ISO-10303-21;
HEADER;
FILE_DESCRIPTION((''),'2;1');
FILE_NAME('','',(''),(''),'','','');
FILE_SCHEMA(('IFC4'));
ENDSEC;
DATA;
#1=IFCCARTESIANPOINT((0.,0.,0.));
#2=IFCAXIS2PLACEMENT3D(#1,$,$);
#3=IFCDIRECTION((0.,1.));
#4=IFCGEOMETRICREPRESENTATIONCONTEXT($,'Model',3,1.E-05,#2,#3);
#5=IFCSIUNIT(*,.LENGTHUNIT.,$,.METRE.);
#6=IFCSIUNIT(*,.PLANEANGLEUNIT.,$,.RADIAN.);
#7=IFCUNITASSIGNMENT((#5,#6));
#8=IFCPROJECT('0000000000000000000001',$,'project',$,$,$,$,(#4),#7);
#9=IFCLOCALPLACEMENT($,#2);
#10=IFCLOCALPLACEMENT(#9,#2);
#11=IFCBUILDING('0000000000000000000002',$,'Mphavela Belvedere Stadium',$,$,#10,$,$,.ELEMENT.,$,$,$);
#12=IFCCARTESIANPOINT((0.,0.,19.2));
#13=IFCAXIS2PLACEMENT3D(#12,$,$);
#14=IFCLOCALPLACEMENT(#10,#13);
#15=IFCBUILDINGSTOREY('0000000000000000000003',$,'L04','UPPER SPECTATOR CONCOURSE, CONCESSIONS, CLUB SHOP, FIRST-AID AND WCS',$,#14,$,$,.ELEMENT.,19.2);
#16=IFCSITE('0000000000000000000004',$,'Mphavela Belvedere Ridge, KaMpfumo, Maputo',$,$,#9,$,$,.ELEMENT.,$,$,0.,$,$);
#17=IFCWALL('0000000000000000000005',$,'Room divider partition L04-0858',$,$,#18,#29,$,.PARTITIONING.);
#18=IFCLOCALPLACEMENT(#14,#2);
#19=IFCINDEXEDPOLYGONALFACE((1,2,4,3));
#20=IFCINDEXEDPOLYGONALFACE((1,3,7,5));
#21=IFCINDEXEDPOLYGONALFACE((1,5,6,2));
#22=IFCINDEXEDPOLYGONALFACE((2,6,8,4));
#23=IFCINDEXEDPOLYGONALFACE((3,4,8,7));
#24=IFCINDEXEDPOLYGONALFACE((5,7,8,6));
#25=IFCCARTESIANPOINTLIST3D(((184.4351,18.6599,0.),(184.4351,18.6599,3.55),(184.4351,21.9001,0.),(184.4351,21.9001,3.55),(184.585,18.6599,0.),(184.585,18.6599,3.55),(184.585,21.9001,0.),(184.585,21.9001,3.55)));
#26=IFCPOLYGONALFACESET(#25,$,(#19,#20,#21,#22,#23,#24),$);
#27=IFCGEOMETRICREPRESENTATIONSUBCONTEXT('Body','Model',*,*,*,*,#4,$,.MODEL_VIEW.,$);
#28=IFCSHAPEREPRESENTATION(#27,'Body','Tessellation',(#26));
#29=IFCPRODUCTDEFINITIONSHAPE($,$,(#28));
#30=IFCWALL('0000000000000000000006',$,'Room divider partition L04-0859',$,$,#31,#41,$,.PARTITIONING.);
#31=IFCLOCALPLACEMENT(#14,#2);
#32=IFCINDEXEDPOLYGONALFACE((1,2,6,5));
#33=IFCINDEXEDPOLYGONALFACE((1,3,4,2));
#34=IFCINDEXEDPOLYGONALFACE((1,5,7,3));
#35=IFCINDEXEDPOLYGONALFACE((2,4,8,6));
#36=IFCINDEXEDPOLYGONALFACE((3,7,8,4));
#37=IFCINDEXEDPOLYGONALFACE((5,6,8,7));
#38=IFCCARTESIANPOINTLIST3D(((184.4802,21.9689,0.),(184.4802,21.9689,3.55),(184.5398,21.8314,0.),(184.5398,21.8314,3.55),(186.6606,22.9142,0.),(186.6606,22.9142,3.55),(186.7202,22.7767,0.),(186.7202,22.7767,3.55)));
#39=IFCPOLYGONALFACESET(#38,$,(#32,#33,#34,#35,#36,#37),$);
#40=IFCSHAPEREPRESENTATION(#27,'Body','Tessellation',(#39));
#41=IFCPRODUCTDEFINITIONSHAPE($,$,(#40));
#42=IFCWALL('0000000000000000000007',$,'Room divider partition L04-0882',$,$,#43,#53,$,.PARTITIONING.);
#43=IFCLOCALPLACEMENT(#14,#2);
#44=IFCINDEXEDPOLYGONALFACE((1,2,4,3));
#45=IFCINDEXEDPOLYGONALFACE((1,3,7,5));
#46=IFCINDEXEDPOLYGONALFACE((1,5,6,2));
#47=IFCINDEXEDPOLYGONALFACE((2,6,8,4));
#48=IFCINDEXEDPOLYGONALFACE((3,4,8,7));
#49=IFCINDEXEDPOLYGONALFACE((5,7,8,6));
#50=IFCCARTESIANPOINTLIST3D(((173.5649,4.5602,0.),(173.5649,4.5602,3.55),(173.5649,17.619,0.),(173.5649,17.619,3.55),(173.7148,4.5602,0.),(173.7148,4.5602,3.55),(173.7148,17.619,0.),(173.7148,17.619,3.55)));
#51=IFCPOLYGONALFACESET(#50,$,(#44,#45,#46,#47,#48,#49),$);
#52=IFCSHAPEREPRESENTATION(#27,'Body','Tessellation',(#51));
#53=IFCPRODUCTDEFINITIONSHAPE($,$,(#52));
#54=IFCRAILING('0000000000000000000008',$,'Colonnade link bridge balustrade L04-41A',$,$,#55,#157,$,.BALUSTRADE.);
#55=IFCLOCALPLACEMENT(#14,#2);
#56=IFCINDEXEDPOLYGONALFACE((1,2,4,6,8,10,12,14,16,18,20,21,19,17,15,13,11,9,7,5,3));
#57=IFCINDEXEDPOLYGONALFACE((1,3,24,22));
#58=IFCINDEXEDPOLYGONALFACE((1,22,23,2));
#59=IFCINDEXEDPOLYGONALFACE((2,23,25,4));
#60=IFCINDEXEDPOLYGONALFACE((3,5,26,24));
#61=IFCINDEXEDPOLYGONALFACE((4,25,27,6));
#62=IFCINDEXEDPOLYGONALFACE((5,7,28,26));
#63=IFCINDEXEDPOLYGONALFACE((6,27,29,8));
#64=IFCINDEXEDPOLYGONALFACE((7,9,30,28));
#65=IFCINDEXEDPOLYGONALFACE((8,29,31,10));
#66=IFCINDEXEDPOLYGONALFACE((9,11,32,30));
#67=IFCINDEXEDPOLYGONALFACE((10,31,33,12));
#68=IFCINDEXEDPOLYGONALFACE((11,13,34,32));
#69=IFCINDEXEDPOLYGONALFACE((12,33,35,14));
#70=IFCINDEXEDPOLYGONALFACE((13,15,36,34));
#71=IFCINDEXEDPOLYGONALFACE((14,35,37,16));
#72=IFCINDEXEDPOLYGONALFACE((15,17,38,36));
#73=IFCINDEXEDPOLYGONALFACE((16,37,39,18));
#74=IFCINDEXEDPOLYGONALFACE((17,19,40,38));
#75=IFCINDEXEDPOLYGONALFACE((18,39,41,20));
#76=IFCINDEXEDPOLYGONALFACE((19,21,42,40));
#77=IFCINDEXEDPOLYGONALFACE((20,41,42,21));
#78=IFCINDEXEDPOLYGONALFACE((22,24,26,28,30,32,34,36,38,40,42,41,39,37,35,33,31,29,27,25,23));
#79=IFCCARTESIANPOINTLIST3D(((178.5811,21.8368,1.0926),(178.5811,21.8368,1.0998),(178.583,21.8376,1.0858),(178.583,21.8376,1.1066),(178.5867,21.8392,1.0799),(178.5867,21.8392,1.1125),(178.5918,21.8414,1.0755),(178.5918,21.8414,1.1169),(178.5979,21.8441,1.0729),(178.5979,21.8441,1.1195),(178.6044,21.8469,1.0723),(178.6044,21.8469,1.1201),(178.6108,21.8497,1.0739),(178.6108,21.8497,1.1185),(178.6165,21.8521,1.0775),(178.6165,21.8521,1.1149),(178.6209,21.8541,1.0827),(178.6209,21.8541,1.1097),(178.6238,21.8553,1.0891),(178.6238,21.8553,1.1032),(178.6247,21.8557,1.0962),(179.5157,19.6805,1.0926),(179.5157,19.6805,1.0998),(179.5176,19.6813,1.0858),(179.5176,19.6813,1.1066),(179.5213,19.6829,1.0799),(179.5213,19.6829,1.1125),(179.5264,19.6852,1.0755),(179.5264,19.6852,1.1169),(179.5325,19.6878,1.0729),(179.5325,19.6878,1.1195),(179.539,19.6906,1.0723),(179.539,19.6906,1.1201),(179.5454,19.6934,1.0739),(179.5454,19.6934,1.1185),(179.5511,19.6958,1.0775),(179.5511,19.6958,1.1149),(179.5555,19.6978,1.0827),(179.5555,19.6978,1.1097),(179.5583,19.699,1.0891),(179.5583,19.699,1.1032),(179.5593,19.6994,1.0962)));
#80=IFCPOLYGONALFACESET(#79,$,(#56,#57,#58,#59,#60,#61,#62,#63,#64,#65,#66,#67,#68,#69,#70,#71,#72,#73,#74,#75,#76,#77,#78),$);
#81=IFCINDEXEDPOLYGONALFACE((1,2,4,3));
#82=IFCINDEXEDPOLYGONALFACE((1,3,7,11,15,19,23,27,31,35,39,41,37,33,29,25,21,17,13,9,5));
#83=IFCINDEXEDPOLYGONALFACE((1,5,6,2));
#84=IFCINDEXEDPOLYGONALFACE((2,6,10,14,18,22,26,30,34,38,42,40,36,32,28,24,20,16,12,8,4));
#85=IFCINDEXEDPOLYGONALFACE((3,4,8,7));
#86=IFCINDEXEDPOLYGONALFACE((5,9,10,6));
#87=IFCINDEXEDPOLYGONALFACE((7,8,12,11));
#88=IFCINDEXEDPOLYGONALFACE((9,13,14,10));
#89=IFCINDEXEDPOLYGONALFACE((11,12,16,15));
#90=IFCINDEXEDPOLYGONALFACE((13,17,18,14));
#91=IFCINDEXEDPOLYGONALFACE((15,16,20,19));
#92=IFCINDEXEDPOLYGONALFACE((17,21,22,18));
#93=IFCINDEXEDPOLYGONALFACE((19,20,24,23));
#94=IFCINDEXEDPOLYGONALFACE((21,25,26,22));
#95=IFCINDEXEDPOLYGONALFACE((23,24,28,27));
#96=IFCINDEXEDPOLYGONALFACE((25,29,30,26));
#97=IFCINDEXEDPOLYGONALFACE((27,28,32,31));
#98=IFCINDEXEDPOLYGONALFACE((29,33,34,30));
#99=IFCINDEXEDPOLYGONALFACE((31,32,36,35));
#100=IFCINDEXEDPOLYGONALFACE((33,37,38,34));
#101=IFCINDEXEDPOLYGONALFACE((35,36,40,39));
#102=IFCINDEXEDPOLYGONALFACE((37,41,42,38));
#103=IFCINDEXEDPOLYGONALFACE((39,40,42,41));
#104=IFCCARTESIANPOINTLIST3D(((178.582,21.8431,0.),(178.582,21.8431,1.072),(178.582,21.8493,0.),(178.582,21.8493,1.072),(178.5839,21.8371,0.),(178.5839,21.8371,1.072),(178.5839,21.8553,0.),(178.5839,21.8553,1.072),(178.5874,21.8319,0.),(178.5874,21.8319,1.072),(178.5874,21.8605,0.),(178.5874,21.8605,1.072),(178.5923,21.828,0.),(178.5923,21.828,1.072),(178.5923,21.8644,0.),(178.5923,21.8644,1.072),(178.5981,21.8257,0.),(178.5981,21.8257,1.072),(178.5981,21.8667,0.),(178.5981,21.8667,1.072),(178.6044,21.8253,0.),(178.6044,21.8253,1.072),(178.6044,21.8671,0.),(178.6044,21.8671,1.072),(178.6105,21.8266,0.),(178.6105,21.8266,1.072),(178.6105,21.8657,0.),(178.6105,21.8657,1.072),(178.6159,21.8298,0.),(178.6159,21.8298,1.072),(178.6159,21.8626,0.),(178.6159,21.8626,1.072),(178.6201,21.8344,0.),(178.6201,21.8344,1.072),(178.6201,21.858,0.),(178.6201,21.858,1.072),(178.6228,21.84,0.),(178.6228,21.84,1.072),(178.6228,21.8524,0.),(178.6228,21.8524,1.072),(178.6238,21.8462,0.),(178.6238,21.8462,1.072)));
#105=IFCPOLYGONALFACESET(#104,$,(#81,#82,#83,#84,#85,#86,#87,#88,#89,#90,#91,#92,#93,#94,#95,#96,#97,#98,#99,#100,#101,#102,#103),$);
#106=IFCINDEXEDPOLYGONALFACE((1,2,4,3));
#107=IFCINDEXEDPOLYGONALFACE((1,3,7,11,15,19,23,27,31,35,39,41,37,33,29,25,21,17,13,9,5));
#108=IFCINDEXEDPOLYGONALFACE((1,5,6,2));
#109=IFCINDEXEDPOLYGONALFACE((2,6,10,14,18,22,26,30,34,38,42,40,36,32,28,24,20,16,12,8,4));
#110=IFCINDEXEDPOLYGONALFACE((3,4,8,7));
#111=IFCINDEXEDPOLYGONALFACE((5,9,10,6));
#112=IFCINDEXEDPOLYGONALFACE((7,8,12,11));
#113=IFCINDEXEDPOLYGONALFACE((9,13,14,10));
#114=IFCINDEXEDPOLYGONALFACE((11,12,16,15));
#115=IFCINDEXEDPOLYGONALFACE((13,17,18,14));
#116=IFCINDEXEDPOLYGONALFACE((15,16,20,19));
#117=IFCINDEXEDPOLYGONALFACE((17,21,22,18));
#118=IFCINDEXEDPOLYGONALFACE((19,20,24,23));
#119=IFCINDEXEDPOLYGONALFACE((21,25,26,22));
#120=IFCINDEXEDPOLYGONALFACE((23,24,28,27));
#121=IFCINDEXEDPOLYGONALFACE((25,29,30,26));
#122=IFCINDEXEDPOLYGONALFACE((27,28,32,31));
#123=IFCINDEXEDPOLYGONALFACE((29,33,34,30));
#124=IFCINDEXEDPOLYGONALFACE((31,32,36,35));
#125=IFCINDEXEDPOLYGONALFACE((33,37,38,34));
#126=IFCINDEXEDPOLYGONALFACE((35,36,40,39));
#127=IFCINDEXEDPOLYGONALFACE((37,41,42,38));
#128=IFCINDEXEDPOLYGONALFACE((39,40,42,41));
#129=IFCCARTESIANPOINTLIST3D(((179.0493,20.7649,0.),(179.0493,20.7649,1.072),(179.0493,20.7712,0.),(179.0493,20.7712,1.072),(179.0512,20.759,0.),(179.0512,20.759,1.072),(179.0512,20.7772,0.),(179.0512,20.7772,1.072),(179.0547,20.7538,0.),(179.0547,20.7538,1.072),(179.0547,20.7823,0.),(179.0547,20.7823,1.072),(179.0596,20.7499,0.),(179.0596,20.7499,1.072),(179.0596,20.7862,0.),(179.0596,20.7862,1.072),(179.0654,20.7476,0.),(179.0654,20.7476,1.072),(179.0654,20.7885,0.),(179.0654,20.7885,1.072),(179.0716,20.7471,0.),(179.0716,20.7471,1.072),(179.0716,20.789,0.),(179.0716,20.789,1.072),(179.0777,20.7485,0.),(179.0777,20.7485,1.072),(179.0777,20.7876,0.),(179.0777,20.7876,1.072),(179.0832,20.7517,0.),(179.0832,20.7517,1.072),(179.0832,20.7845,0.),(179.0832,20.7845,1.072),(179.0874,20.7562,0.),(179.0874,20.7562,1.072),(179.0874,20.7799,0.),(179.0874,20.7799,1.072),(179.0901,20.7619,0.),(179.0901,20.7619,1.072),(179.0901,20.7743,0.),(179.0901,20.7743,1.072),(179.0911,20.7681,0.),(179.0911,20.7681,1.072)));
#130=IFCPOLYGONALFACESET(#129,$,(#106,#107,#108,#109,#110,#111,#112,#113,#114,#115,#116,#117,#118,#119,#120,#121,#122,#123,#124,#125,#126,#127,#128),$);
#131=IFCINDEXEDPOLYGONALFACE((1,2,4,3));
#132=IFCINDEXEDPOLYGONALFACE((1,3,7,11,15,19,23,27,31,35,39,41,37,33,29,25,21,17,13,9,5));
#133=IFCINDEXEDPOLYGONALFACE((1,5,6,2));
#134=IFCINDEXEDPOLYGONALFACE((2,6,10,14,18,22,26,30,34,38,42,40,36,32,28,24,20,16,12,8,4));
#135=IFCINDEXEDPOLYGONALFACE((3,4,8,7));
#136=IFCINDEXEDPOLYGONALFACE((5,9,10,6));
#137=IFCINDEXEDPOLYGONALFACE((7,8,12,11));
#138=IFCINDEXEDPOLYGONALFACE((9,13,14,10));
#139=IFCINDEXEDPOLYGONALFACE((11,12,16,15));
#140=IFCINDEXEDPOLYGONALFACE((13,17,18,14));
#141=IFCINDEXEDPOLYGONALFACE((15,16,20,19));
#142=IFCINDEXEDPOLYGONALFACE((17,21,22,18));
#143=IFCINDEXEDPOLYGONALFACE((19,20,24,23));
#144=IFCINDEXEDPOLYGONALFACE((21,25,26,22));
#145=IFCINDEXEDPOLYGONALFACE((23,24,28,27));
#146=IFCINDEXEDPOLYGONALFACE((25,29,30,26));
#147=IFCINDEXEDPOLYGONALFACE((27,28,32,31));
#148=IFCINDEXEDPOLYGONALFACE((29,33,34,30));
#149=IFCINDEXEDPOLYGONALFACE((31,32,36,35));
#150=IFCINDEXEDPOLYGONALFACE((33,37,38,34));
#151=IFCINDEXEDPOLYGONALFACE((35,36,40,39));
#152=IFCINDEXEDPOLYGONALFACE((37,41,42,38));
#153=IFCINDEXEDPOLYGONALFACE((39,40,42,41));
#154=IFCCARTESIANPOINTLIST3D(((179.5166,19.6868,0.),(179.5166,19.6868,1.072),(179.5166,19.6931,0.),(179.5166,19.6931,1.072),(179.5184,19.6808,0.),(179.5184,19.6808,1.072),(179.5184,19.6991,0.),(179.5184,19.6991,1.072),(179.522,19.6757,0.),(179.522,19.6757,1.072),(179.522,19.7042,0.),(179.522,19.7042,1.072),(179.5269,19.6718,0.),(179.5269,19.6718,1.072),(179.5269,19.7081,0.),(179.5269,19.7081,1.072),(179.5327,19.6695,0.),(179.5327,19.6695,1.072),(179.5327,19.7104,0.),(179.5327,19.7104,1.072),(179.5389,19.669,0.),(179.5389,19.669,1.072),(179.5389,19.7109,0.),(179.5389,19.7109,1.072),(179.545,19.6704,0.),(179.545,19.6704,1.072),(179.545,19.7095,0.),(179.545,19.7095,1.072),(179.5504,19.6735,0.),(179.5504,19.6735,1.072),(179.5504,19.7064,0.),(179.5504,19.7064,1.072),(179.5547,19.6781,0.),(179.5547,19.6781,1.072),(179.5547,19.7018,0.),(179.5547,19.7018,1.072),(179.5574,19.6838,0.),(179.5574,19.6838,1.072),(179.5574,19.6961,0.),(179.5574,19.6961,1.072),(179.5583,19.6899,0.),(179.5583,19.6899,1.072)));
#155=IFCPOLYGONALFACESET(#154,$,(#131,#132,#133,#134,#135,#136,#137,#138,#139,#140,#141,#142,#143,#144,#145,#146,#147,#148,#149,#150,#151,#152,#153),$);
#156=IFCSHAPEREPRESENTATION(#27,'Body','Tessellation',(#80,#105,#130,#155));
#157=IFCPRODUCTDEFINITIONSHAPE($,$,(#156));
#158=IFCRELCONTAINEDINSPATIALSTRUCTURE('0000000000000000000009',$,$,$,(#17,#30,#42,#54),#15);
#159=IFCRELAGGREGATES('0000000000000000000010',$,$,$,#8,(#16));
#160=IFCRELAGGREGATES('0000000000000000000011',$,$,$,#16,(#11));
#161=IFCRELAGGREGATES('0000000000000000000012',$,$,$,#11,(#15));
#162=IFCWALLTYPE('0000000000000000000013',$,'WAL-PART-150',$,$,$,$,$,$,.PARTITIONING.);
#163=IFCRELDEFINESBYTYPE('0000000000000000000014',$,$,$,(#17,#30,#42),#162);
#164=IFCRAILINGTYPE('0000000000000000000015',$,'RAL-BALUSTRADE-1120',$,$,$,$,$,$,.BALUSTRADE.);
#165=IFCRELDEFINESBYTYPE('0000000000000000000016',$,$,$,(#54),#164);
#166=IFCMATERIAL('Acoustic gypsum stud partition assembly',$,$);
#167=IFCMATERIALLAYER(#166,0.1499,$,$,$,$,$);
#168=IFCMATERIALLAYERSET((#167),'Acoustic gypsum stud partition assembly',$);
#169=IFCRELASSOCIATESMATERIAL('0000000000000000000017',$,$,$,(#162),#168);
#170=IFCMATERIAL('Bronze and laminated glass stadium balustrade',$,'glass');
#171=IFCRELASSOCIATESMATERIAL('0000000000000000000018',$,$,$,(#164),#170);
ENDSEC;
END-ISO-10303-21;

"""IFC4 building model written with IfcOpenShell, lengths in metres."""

from ifc_helpers import new_model, si_unit, direction, frame, frame_2d, origin, origin_2d, place, context, subcontext, project, spatial, rectangle, circle, extrude, material, layer, layer_set, type_object, element, save


model = new_model("IFC4")

# Units and contexts
model_context = context("Model", 3, precision=1e-05, world=origin(), true_north=direction((0.0, 1.0)))
body_context = subcontext(model_context, "Body", "Model", "MODEL_VIEW")
ifc_project = project(units=[si_unit("LENGTHUNIT", "METRE"), si_unit("PLANEANGLEUNIT", "RADIAN")], contexts=[model_context])

# Site, building, storey
site_placement = place(None, origin())
site = spatial("IfcSite", under=ifc_project, at=site_placement, Name="Mphavela Belvedere Ridge, KaMpfumo, Maputo", CompositionType="ELEMENT", RefElevation=0.0)
building_placement = place(site_placement, origin())
building = spatial("IfcBuilding", under=site, at=building_placement, Name="Mphavela Belvedere Stadium", CompositionType="ELEMENT")
storey_placement = place(building_placement, frame((0.0, 0.0, 19.2)))
storey = spatial("IfcBuildingStorey", under=building, at=storey_placement, Name="L04", Description="UPPER SPECTATOR CONCOURSE, CONCESSIONS, CLUB SHOP, FIRST-AID AND WCS", CompositionType="ELEMENT", Elevation=19.2)

# Shared definitions
ifc_material_1 = material(Name="Acoustic gypsum stud partition assembly")
ifc_layer_1 = layer(ifc_material_1, 0.1499)
ifc_layer_set_1 = layer_set([ifc_layer_1], Name="Acoustic gypsum stud partition assembly")
wall_type_1 = type_object("IfcWallType", Name="WAL-PART-150", PredefinedType="PARTITIONING", material=ifc_layer_set_1)

# Walls
wall_1_placement = place(storey_placement, frame((184.51, 18.6599, 0.0), z_axis=(0.0, 0.0, 1.0), x_axis=(0.0, 1.0, 0.0)))
element("IfcWall", 1, at=wall_1_placement, inside=storey, type_object=wall_type_1, Name="Room divider partition L04-0858", PredefinedType="PARTITIONING", context=body_context, shape_type="SweptSolid", body=[
    extrude(rectangle(XDim=3.2402, YDim=0.1499, at=frame_2d((1.6201, 0.0))), origin(), (0.0, 0.0, 1.0), 3.55),
])
wall_2_placement = place(storey_placement, frame((184.51, 21.9001, 0.0), z_axis=(0.0, 0.0, 1.0), x_axis=(0.917484, 0.397772, 0.0)))
element("IfcWall", 2, at=wall_2_placement, inside=storey, type_object=wall_type_1, Name="Room divider partition L04-0859", PredefinedType="PARTITIONING", context=body_context, shape_type="SweptSolid", body=[
    extrude(rectangle(XDim=2.3765, YDim=0.1499, at=frame_2d((1.1882, 0.0))), origin(), (0.0, 0.0, 1.0), 3.55),
])
wall_3_placement = place(storey_placement, frame((173.6399, 17.6189, 0.0), z_axis=(0.0, 0.0, 1.0), x_axis=(0.0, -1.0, 0.0)))
element("IfcWall", 3, at=wall_3_placement, inside=storey, type_object=wall_type_1, Name="Room divider partition L04-0882", PredefinedType="PARTITIONING", context=body_context, shape_type="SweptSolid", body=[
    extrude(rectangle(XDim=13.0588, YDim=0.1499, at=frame_2d((6.5293, 0.0))), origin(), (0.0, 0.0, 1.0), 3.55),
])

# Railing
ifc_material_2 = material(Name="Bronze and laminated glass stadium balustrade", Category="glass")
railing_type = type_object("IfcRailingType", Name="RAL-BALUSTRADE-1120", PredefinedType="BALUSTRADE", material=ifc_material_2)
railing_1_placement = place(storey_placement, frame((178.6028, 21.8462, 0.0)))
element("IfcRailing", 4, at=railing_1_placement, inside=storey, type_object=railing_type, Name="Colonnade link bridge balustrade L04-41A", PredefinedType="BALUSTRADE", context=body_context, shape_type="SweptSolid", body=[
    extrude(circle(Radius=0.0239, at=origin_2d()), frame((0.0, 0.0, 1.0962), z_axis=(0.397677, -0.917525, 0.0), x_axis=(0.917525, 0.397677, 0.0)), (0.0, 0.0, 1.0), 2.3501),
    extrude(circle(Radius=0.021, at=origin_2d()), origin(), (0.0, 0.0, 1.0), 1.072),
    extrude(circle(Radius=0.021, at=origin_2d()), frame((0.4673, -1.0781, 0.0)), (0.0, 0.0, 1.0), 1.072),
    extrude(circle(Radius=0.021, at=origin_2d()), frame((0.9346, -2.1562, 0.0)), (0.0, 0.0, 1.0), 1.072),
])

save(model, "model.ifc")
